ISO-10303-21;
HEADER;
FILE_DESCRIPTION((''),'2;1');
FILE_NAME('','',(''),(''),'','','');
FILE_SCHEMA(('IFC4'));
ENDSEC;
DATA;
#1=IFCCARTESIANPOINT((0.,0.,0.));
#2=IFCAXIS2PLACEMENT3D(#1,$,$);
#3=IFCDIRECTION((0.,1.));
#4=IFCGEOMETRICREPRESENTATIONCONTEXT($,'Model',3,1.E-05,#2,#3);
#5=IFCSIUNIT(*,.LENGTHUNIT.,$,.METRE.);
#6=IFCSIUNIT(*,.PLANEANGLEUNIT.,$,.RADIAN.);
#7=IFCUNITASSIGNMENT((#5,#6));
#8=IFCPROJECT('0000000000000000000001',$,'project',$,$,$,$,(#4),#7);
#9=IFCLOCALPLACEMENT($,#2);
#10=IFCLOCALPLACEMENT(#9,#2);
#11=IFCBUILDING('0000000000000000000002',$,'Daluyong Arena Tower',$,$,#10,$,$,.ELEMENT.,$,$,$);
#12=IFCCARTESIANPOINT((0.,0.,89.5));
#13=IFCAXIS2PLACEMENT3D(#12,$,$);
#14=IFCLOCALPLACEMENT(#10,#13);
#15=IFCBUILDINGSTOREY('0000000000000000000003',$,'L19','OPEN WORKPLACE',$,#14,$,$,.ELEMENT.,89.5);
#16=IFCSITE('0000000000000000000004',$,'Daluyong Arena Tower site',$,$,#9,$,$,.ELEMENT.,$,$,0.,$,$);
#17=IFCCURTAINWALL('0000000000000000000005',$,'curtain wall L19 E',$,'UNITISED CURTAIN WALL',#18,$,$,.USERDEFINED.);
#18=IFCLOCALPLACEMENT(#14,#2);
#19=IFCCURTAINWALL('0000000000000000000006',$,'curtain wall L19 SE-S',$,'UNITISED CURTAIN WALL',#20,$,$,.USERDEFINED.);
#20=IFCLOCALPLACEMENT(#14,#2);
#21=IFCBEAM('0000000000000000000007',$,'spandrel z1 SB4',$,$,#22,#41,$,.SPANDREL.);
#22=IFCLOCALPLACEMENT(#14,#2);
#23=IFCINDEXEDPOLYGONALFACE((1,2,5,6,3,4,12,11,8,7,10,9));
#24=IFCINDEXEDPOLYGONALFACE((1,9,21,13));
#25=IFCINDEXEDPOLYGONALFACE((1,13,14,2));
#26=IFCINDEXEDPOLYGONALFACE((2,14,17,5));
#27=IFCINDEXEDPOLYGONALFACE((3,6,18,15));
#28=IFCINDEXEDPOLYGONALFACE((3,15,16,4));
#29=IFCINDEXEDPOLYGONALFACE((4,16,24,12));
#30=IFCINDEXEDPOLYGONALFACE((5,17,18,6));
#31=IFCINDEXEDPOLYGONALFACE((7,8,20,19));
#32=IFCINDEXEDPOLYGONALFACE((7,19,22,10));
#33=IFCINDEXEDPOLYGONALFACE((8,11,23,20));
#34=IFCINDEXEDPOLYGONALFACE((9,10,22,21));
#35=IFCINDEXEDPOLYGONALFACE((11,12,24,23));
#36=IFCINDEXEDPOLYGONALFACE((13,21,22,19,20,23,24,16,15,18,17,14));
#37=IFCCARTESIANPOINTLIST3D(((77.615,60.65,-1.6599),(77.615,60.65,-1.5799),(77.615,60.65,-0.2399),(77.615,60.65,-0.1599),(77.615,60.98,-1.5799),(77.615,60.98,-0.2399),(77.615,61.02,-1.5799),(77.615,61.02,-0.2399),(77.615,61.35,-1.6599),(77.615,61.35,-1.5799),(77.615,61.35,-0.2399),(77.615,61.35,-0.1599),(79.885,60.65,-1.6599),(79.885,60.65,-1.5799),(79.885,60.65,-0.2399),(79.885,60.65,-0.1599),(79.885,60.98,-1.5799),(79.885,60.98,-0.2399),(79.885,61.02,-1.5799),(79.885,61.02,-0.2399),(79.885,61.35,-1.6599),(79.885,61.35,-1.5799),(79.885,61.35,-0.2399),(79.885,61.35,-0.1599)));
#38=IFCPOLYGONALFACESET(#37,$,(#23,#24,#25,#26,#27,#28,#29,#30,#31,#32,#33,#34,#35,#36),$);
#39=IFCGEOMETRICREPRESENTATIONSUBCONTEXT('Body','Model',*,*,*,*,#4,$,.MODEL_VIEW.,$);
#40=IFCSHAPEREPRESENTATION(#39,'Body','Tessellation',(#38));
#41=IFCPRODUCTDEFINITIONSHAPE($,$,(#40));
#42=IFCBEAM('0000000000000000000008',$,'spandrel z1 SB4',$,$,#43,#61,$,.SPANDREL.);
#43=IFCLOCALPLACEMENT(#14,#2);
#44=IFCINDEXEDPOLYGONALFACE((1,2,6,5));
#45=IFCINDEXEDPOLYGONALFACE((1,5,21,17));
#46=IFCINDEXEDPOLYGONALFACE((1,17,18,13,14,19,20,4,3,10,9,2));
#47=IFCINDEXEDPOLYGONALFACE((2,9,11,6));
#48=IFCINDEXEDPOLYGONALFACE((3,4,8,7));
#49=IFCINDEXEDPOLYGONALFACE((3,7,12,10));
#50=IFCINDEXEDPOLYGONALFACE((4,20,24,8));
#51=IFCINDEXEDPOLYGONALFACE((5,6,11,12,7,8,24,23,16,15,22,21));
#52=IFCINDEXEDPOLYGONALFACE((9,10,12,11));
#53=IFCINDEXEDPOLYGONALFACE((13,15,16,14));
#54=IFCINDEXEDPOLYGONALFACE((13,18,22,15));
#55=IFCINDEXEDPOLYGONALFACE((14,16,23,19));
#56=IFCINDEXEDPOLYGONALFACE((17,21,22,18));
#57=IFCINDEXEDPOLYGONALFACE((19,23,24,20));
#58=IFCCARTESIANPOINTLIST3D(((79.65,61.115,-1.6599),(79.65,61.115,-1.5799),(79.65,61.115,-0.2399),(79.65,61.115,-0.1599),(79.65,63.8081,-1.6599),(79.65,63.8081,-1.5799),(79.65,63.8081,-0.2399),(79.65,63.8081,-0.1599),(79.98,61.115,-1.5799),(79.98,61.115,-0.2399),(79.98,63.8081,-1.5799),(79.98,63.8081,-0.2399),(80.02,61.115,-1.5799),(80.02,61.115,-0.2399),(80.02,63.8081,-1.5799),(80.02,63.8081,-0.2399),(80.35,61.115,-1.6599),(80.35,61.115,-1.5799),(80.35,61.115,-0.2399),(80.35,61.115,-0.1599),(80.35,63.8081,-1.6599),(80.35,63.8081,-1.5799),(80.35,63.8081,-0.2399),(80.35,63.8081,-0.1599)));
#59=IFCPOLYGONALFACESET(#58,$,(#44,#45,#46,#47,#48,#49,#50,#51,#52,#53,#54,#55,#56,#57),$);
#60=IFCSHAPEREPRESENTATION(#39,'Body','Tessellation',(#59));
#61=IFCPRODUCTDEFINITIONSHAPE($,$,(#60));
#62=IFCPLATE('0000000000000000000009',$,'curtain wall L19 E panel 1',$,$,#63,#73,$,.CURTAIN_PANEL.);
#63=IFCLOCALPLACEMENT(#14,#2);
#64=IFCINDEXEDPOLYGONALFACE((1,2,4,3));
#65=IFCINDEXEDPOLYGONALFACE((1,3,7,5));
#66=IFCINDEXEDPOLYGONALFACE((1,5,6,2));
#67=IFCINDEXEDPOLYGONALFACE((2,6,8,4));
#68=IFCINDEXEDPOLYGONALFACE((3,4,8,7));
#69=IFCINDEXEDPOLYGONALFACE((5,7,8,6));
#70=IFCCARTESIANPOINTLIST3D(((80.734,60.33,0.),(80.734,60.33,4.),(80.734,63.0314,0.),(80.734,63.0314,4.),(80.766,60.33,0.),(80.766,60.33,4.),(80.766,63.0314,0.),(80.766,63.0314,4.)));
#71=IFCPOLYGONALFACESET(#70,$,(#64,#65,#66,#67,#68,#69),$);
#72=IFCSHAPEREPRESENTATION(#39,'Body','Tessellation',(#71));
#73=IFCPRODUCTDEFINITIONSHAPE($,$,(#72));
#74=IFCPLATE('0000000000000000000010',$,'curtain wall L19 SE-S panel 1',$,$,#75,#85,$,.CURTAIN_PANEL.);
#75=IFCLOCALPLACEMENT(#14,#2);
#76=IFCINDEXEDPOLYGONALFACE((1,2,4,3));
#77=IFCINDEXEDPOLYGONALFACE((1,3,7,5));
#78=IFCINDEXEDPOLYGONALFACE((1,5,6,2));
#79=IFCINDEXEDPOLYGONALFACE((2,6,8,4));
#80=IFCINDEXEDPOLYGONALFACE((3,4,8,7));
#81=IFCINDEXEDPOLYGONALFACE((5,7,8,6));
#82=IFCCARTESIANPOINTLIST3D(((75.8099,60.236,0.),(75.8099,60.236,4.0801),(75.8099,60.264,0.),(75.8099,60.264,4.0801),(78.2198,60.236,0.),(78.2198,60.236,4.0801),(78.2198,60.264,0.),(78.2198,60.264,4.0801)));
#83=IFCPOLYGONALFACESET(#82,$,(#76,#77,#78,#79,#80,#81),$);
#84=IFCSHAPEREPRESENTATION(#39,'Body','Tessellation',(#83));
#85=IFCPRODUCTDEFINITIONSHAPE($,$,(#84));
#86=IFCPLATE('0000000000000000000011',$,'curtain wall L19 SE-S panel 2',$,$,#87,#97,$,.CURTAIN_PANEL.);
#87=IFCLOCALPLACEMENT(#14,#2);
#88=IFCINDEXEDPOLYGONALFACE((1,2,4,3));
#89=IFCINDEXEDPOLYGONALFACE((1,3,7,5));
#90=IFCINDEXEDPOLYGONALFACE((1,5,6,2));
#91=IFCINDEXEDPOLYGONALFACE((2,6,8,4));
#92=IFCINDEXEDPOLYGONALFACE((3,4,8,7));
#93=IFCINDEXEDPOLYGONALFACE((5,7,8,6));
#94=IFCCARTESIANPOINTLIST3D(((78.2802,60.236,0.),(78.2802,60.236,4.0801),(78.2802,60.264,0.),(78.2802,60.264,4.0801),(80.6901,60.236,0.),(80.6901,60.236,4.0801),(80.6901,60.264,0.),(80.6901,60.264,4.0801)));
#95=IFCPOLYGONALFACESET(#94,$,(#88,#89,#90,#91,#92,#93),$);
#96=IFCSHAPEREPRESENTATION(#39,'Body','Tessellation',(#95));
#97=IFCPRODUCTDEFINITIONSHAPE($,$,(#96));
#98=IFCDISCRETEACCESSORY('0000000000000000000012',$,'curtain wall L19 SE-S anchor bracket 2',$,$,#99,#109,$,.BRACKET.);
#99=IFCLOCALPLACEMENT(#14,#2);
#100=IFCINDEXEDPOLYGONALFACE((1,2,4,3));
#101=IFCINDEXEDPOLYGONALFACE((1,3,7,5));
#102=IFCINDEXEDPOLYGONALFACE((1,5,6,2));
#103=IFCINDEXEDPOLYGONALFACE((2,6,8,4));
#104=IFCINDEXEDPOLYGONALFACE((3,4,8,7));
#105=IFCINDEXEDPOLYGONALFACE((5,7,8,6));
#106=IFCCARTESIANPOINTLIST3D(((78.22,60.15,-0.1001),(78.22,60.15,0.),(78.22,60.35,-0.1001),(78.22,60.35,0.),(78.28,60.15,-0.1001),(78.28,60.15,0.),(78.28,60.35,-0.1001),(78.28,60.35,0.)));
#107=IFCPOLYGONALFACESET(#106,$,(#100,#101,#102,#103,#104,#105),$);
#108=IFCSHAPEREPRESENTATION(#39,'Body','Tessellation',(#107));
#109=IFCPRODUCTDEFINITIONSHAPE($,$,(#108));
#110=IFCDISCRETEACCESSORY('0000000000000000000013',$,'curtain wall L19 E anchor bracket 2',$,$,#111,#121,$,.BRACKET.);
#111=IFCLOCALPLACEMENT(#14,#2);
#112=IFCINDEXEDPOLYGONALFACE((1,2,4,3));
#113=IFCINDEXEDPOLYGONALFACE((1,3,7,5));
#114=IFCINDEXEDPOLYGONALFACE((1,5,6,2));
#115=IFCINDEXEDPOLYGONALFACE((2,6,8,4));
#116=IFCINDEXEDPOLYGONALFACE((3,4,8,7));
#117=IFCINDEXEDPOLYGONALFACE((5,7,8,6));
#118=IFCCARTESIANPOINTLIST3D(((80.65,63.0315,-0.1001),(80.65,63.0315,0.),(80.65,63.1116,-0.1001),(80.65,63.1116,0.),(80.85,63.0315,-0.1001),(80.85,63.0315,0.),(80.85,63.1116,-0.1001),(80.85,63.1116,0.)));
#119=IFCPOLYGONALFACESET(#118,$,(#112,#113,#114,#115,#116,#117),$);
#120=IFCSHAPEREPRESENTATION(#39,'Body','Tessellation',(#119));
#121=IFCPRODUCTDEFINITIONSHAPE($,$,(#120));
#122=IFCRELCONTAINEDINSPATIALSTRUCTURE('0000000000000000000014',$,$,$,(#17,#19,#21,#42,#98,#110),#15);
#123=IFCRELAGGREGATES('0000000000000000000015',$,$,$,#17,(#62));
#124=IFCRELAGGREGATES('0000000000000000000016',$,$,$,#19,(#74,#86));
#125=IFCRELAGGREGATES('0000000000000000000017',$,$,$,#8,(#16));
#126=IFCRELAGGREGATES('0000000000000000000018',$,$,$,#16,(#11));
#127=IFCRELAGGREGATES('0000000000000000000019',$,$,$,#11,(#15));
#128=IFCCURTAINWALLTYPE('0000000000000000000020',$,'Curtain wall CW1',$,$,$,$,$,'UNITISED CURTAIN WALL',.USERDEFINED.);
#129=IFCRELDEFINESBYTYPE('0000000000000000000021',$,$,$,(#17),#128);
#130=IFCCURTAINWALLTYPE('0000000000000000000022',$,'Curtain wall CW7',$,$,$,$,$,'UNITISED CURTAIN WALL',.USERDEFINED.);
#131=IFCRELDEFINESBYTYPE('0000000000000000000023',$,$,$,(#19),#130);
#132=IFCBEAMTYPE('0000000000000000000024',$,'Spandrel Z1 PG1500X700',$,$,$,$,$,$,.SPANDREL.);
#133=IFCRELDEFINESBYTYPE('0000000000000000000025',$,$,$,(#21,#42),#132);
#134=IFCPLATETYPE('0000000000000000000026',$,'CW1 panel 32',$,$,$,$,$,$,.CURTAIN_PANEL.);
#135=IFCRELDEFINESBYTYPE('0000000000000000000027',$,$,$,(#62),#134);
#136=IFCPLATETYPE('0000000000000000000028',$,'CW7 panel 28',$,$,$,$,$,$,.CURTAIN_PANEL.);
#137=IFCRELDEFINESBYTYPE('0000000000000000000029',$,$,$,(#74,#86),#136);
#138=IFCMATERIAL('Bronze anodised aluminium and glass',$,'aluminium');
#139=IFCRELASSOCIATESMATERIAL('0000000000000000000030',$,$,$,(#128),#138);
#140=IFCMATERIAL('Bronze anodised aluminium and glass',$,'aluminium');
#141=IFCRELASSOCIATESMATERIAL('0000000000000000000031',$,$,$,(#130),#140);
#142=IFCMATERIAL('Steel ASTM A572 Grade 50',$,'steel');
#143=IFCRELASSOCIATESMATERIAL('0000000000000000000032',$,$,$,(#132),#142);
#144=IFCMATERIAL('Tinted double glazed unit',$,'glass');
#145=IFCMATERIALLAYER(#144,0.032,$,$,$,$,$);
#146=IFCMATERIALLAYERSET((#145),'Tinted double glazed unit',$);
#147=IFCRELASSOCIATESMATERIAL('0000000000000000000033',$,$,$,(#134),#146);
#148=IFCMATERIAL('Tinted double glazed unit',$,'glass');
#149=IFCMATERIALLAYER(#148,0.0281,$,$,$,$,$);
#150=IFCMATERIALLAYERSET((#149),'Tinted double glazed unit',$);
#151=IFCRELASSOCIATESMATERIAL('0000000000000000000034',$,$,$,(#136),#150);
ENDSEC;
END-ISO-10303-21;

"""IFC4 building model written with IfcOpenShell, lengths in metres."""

from ifc_helpers import new_model, si_unit, direction, frame, origin, origin_2d, place, context, subcontext, project, spatial, rectangle, i_section, extrude, material, layer, layer_set, material_profile, profile_set, type_object, element, aggregate, save


model = new_model("IFC4")

# Units and contexts
model_context = context("Model", 3, precision=1e-05, world=origin(), true_north=direction((0.0, 1.0)))
body_context = subcontext(model_context, "Body", "Model", "MODEL_VIEW")
ifc_project = project(units=[si_unit("LENGTHUNIT", "METRE"), si_unit("PLANEANGLEUNIT", "RADIAN")], contexts=[model_context])

# Site, building, storey
site_placement = place(None, origin())
site = spatial("IfcSite", under=ifc_project, at=site_placement, Name="Daluyong Arena Tower site", CompositionType="ELEMENT", RefElevation=0.0)
building_placement = place(site_placement, origin())
building = spatial("IfcBuilding", under=site, at=building_placement, Name="Daluyong Arena Tower", CompositionType="ELEMENT")
storey_placement = place(building_placement, frame((0.0, 0.0, 89.5)))
storey = spatial("IfcBuildingStorey", under=building, at=storey_placement, Name="L19", Description="OPEN WORKPLACE", CompositionType="ELEMENT", Elevation=89.5)

# Curtain walls
ifc_material_1 = material(Name="Bronze anodised aluminium and glass", Category="aluminium")
curtain_wall_type_1 = type_object("IfcCurtainWallType", Name="Curtain wall CW1", ElementType="UNITISED CURTAIN WALL", PredefinedType="USERDEFINED", material=ifc_material_1)
curtain_wall_1_placement = place(storey_placement, origin())
curtain_wall_1 = element("IfcCurtainWall", 1, at=curtain_wall_1_placement, inside=storey, type_object=curtain_wall_type_1, Name="curtain wall L19 E", ObjectType="UNITISED CURTAIN WALL", PredefinedType="USERDEFINED")
ifc_material_2 = material(Name="Bronze anodised aluminium and glass", Category="aluminium")
curtain_wall_type_2 = type_object("IfcCurtainWallType", Name="Curtain wall CW7", ElementType="UNITISED CURTAIN WALL", PredefinedType="USERDEFINED", material=ifc_material_2)
curtain_wall_2_placement = place(storey_placement, origin())
curtain_wall_2 = element("IfcCurtainWall", 2, at=curtain_wall_2_placement, inside=storey, type_object=curtain_wall_type_2, Name="curtain wall L19 SE-S", ObjectType="UNITISED CURTAIN WALL", PredefinedType="USERDEFINED")

# Beams
ifc_material_3 = material(Name="Steel ASTM A572 Grade 50", Category="steel")
ifc_material_profile_1 = material_profile(ifc_material_3, i_section(OverallWidth=0.7, OverallDepth=1.5, WebThickness=0.04, FlangeThickness=0.08, at=origin_2d()))
ifc_profile_set_1 = profile_set([ifc_material_profile_1], Name="Steel ASTM A572 Grade 50")
beam_type = type_object("IfcBeamType", Name="Spandrel Z1 PG1500X700", PredefinedType="SPANDREL", material=ifc_profile_set_1)
beam_1_placement = place(storey_placement, frame((77.615, 61.0, -0.9099), z_axis=(1.0, 0.0, 0.0), x_axis=(0.0, 1.0, 0.0)))
element("IfcBeam", 3, at=beam_1_placement, inside=storey, type_object=beam_type, Name="spandrel z1 SB4", PredefinedType="SPANDREL", context=body_context, shape_type="SweptSolid", body=[
    extrude(i_section(OverallWidth=0.7, OverallDepth=1.5, WebThickness=0.04, FlangeThickness=0.08, at=origin_2d()), origin(), (0.0, 0.0, 1.0), 2.27),
])
beam_2_placement = place(storey_placement, frame((80.0, 61.115, -0.9099), z_axis=(0.0, 1.0, 0.0), x_axis=(-1.0, 0.0, 0.0)))
element("IfcBeam", 4, at=beam_2_placement, inside=storey, type_object=beam_type, Name="spandrel z1 SB4", PredefinedType="SPANDREL", context=body_context, shape_type="SweptSolid", body=[
    extrude(i_section(OverallWidth=0.7, OverallDepth=1.5, WebThickness=0.04, FlangeThickness=0.08, at=origin_2d()), origin(), (0.0, 0.0, 1.0), 2.6931),
])

# Plates
ifc_material_4 = material(Name="Tinted double glazed unit", Category="glass")
ifc_layer_1 = layer(ifc_material_4, 0.032)
ifc_layer_set_1 = layer_set([ifc_layer_1], Name="Tinted double glazed unit")
plate_type_1 = type_object("IfcPlateType", Name="CW1 panel 32", PredefinedType="CURTAIN_PANEL", material=ifc_layer_set_1)
plate_1_placement = place(storey_placement, frame((80.75, 61.6807, 0.0), z_axis=(0.0, 0.0, 1.0), x_axis=(0.0, 1.0, 0.0)))
plate_1 = element("IfcPlate", 5, at=plate_1_placement, type_object=plate_type_1, Name="curtain wall L19 E panel 1", PredefinedType="CURTAIN_PANEL", context=body_context, shape_type="SweptSolid", body=[
    extrude(rectangle(XDim=2.7014, YDim=0.032, at=origin_2d()), origin(), (0.0, 0.0, 1.0), 4.0),
])
aggregate(curtain_wall_1, [plate_1])
ifc_material_5 = material(Name="Tinted double glazed unit", Category="glass")
ifc_layer_2 = layer(ifc_material_5, 0.0281)
ifc_layer_set_2 = layer_set([ifc_layer_2], Name="Tinted double glazed unit")
plate_type_2 = type_object("IfcPlateType", Name="CW7 panel 28", PredefinedType="CURTAIN_PANEL", material=ifc_layer_set_2)
plate_2_placement = place(storey_placement, frame((77.0149, 60.25, 0.0), z_axis=(0.0, 0.0, 1.0), x_axis=(1.0, 0.0, 0.0)))
plate_2 = element("IfcPlate", 6, at=plate_2_placement, type_object=plate_type_2, Name="curtain wall L19 SE-S panel 1", PredefinedType="CURTAIN_PANEL", context=body_context, shape_type="SweptSolid", body=[
    extrude(rectangle(XDim=2.4099, YDim=0.0281, at=origin_2d()), origin(), (0.0, 0.0, 1.0), 4.0801),
])
plate_3_placement = place(storey_placement, frame((79.4851, 60.25, 0.0), z_axis=(0.0, 0.0, 1.0), x_axis=(1.0, 0.0, 0.0)))
plate_3 = element("IfcPlate", 7, at=plate_3_placement, type_object=plate_type_2, Name="curtain wall L19 SE-S panel 2", PredefinedType="CURTAIN_PANEL", context=body_context, shape_type="SweptSolid", body=[
    extrude(rectangle(XDim=2.4099, YDim=0.0281, at=origin_2d()), origin(), (0.0, 0.0, 1.0), 4.0801),
])
aggregate(curtain_wall_2, [plate_2, plate_3])

# Discrete accessories
discrete_accessory_1_placement = place(storey_placement, frame((78.25, 60.25, -0.1001), z_axis=(0.0, 0.0, 1.0), x_axis=(1.0, 0.0, 0.0)))
element("IfcDiscreteAccessory", 8, at=discrete_accessory_1_placement, inside=storey, Name="curtain wall L19 SE-S anchor bracket 2", PredefinedType="BRACKET", context=body_context, shape_type="SweptSolid", body=[
    extrude(rectangle(XDim=0.0601, YDim=0.2, at=origin_2d()), origin(), (0.0, 0.0, 1.0), 0.1001),
])
discrete_accessory_2_placement = place(storey_placement, frame((80.75, 63.0715, -0.1001), z_axis=(0.0, 0.0, 1.0), x_axis=(0.0, 1.0, 0.0)))
element("IfcDiscreteAccessory", 9, at=discrete_accessory_2_placement, inside=storey, Name="curtain wall L19 E anchor bracket 2", PredefinedType="BRACKET", context=body_context, shape_type="SweptSolid", body=[
    extrude(rectangle(XDim=0.0801, YDim=0.2, at=origin_2d()), origin(), (0.0, 0.0, 1.0), 0.1001),
])

save(model, "model.ifc")
